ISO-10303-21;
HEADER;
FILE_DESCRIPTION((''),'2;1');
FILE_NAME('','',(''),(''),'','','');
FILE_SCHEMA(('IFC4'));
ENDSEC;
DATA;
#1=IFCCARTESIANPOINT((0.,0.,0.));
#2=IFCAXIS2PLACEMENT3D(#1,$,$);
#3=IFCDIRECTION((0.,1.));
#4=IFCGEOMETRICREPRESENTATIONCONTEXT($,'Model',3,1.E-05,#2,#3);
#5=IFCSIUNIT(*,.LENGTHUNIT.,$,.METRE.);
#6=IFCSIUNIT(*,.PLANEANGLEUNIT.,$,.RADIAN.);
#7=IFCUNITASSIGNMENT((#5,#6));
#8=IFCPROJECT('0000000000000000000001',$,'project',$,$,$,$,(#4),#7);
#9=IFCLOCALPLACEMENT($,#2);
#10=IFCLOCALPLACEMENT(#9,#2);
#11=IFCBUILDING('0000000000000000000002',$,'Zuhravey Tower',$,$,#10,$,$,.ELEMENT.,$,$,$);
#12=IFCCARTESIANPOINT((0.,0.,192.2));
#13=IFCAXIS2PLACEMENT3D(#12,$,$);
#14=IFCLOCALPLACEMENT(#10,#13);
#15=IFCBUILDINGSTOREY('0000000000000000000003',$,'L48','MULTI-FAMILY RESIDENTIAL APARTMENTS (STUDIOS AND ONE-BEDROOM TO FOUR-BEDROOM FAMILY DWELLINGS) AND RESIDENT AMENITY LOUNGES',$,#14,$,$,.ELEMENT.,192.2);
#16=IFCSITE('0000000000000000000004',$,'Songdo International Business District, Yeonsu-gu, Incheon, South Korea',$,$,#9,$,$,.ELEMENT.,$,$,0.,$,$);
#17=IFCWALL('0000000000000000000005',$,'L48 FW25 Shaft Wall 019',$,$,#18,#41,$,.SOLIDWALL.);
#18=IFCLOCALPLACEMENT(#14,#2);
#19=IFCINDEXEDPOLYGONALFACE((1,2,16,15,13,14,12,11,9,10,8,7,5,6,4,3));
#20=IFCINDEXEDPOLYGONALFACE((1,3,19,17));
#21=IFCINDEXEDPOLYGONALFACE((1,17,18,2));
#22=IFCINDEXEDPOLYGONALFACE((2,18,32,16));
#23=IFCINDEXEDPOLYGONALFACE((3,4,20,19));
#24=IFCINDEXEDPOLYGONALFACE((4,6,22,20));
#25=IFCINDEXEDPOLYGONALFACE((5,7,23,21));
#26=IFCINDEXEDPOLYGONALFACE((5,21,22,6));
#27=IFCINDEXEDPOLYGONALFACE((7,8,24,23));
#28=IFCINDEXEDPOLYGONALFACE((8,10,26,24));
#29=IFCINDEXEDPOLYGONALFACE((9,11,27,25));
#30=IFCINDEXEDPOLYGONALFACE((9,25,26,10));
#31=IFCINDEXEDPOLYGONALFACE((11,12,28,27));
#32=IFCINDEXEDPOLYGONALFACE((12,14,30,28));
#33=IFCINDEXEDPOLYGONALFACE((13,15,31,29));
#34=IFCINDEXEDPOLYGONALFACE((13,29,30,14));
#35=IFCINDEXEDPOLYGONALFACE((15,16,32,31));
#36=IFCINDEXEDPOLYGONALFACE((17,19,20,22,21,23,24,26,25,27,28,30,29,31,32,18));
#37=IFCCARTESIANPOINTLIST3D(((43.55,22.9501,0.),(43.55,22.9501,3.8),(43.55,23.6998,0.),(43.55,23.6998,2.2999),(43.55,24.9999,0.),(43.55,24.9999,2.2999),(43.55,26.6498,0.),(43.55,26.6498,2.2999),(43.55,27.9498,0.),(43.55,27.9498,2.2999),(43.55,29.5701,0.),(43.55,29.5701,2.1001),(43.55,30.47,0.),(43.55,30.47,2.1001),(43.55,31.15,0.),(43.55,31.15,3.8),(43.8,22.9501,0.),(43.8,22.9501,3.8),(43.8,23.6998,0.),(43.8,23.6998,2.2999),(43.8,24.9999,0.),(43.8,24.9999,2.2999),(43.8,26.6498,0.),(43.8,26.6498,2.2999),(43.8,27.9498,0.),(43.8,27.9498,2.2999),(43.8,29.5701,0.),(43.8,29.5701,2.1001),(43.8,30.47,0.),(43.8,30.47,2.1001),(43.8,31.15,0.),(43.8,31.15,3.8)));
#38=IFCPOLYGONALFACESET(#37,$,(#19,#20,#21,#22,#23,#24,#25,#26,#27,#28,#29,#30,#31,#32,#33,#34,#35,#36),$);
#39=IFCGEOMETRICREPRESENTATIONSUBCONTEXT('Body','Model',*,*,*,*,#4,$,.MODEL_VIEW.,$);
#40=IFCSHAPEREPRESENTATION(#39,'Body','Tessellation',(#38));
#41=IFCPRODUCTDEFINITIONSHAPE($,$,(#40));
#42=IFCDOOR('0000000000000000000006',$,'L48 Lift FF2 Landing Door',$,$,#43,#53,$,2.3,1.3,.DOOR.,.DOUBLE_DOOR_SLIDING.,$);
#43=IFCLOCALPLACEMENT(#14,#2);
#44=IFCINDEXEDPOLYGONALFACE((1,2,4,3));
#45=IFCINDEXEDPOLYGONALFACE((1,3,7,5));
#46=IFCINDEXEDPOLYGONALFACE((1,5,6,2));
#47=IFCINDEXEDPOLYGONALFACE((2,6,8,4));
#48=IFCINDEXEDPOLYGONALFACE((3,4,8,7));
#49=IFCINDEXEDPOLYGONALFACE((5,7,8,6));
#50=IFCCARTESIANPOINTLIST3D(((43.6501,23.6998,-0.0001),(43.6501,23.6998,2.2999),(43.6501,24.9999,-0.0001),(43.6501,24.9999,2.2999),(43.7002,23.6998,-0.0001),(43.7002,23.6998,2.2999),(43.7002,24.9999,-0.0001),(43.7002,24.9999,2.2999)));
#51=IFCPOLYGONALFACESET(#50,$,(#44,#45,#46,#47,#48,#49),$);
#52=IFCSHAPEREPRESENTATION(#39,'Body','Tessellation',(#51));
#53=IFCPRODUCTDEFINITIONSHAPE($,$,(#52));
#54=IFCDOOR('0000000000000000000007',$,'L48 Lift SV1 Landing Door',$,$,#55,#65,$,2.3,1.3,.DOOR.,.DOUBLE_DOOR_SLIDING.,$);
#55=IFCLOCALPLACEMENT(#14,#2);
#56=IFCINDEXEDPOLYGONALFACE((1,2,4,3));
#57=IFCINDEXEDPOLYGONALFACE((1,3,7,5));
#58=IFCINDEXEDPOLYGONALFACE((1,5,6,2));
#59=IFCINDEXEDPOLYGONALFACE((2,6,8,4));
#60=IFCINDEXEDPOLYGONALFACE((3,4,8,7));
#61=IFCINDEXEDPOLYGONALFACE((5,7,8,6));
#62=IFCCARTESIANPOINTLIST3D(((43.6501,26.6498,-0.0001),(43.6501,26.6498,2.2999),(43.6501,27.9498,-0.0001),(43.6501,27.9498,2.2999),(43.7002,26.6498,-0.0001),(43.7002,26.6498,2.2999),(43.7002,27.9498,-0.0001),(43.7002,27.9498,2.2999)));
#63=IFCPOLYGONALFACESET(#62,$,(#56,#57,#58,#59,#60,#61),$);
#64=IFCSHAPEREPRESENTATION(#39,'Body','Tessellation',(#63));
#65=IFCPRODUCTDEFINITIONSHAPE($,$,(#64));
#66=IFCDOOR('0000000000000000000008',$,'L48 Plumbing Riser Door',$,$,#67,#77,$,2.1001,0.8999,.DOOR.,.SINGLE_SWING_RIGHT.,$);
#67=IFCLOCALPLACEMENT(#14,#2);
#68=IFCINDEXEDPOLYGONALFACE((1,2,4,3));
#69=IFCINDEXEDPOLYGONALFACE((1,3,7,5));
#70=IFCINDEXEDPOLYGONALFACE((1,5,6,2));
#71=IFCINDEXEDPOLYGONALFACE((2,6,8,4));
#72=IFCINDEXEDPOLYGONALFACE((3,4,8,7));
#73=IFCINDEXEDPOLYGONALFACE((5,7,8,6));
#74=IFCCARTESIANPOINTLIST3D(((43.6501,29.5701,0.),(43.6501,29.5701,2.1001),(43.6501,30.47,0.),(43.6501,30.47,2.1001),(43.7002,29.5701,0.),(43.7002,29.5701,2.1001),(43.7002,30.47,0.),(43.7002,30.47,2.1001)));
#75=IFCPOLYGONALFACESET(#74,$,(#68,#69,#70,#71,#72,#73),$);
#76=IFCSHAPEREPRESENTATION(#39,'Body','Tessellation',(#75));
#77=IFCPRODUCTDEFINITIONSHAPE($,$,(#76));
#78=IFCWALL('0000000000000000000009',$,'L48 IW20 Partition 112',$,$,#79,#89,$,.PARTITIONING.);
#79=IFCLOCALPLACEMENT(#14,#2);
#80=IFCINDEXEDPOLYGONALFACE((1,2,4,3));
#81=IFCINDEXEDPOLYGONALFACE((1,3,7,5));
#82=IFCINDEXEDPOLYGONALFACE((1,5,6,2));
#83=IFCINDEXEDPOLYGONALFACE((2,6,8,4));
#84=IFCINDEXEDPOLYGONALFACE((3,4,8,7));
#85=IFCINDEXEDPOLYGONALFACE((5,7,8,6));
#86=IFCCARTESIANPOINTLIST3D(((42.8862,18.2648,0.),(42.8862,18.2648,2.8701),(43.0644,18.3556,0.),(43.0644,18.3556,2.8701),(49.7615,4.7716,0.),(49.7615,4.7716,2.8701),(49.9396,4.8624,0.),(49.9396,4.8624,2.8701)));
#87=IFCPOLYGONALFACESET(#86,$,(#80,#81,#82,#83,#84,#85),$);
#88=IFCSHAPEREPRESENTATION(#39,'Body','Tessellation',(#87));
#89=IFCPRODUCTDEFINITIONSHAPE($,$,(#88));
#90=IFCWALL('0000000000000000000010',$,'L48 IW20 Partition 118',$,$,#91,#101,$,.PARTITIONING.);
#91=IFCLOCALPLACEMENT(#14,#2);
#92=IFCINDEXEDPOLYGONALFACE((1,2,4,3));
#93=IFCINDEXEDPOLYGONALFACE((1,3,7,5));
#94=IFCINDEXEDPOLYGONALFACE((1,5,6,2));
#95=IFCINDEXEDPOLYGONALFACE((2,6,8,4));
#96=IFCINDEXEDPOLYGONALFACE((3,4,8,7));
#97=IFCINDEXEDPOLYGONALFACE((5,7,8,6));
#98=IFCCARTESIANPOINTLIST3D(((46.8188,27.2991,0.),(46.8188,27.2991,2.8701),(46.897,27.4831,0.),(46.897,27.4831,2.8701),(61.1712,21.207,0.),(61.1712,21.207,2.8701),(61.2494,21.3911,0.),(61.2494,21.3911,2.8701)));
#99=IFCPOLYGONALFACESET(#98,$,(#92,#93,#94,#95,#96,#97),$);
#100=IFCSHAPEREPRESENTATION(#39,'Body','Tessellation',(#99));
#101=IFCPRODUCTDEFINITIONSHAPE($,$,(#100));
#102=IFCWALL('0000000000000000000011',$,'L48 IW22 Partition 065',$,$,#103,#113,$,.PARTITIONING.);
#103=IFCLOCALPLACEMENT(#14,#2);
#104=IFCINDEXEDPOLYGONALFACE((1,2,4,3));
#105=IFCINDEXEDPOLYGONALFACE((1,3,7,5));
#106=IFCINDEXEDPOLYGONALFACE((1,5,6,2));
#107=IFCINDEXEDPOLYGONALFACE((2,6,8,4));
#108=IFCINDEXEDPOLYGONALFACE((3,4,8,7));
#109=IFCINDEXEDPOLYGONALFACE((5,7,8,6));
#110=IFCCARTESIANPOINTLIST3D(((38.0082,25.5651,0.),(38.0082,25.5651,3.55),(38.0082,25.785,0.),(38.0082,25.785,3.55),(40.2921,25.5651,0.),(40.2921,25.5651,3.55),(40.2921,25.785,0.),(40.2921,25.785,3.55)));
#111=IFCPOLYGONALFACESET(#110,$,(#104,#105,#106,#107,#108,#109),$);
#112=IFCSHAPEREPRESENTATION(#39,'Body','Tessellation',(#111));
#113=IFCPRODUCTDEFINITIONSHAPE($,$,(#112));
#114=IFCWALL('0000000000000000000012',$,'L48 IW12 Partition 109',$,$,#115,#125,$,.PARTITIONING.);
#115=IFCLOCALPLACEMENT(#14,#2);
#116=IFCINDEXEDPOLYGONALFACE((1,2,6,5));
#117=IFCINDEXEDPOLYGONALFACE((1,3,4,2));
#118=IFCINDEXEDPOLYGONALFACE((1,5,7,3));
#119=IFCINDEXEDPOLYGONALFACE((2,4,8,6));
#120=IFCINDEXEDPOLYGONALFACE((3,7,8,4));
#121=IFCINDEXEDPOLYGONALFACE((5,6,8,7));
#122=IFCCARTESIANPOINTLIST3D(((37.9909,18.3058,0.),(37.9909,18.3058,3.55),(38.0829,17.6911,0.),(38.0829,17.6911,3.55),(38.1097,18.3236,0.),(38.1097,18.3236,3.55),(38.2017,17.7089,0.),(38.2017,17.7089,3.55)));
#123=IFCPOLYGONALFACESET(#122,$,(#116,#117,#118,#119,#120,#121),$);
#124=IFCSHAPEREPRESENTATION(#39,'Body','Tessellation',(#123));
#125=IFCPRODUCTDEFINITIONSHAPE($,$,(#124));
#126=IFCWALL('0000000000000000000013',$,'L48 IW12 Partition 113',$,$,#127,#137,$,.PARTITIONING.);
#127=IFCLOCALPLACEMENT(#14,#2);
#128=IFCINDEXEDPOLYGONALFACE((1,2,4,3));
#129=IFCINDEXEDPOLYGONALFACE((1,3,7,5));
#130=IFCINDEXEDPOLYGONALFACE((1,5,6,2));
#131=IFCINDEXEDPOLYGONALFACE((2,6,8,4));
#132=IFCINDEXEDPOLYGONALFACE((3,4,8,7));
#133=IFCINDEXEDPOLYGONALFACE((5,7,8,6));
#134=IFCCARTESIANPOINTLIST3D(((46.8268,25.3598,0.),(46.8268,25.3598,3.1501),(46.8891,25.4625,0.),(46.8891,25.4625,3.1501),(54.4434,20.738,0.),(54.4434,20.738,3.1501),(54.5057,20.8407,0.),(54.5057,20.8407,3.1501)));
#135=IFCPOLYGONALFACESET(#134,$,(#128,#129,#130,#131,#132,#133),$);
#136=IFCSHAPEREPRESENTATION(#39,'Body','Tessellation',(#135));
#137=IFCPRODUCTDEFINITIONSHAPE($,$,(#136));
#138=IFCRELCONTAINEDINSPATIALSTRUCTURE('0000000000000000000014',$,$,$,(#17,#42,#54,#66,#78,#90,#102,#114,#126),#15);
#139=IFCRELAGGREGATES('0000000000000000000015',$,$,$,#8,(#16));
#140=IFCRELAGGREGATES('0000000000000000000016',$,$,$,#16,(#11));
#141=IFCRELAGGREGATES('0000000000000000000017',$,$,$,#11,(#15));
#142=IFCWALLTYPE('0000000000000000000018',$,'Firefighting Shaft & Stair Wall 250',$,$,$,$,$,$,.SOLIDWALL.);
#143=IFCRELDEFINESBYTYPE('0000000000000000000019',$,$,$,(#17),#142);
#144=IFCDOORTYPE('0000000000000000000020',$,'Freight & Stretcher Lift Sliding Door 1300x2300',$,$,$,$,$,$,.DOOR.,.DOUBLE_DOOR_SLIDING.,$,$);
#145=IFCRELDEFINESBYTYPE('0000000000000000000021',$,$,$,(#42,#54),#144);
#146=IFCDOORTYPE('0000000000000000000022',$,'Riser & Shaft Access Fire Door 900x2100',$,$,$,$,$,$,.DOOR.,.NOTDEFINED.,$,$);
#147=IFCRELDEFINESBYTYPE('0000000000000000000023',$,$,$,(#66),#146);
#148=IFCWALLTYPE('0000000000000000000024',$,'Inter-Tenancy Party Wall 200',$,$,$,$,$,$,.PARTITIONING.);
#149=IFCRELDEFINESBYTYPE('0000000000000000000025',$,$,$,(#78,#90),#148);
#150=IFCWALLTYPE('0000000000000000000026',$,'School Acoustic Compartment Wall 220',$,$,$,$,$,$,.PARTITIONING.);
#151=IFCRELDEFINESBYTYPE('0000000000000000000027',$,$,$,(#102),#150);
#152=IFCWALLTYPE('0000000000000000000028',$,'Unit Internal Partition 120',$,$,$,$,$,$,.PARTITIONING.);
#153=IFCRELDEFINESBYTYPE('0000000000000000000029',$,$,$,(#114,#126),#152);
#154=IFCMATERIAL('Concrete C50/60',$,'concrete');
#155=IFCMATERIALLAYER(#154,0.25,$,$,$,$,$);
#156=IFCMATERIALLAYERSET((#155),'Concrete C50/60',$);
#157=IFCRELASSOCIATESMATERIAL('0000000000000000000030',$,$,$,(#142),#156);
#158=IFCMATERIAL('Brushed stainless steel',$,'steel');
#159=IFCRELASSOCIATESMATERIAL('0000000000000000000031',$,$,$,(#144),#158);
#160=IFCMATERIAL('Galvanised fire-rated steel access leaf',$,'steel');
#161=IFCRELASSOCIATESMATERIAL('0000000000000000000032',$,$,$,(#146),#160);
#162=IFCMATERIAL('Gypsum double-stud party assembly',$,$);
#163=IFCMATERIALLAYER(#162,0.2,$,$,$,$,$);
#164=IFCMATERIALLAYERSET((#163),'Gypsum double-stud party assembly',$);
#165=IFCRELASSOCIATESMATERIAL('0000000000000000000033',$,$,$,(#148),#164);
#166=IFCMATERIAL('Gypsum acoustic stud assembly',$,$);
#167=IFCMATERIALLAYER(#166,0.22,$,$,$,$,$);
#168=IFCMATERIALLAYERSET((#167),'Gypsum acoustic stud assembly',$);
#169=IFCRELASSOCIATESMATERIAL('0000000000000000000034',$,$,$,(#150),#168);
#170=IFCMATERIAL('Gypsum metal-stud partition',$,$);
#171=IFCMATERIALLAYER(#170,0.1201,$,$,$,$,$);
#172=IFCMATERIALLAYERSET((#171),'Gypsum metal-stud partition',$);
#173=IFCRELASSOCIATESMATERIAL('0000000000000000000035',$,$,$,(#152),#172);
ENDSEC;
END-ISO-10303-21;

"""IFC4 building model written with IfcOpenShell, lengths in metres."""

from ifc_helpers import new_model, si_unit, direction, frame, frame_2d, origin, place, context, subcontext, project, spatial, rectangle, extrude, material, layer, layer_set, type_object, element, fill, save


model = new_model("IFC4")

# Units and contexts
model_context = context("Model", 3, precision=1e-05, world=origin(), true_north=direction((0.0, 1.0)))
body_context = subcontext(model_context, "Body", "Model", "MODEL_VIEW")
ifc_project = project(units=[si_unit("LENGTHUNIT", "METRE"), si_unit("PLANEANGLEUNIT", "RADIAN")], contexts=[model_context])

# Site, building, storey
site_placement = place(None, origin())
site = spatial("IfcSite", under=ifc_project, at=site_placement, Name="Songdo International Business District, Yeonsu-gu, Incheon, South Korea", CompositionType="ELEMENT", RefElevation=0.0)
building_placement = place(site_placement, origin())
building = spatial("IfcBuilding", under=site, at=building_placement, Name="Zuhravey Tower", CompositionType="ELEMENT")
storey_placement = place(building_placement, frame((0.0, 0.0, 192.2)))
storey = spatial("IfcBuildingStorey", under=building, at=storey_placement, Name="L48", Description="MULTI-FAMILY RESIDENTIAL APARTMENTS (STUDIOS AND ONE-BEDROOM TO FOUR-BEDROOM FAMILY DWELLINGS) AND RESIDENT AMENITY LOUNGES", CompositionType="ELEMENT", Elevation=192.2)

# Shared definitions
ifc_material_1 = material(Name="Concrete C50/60", Category="concrete")
ifc_layer_1 = layer(ifc_material_1, 0.25)
ifc_layer_set_1 = layer_set([ifc_layer_1], Name="Concrete C50/60")
wall_type_1 = type_object("IfcWallType", Name="Firefighting Shaft & Stair Wall 250", PredefinedType="SOLIDWALL", material=ifc_layer_set_1)
ifc_material_2 = material(Name="Brushed stainless steel", Category="steel")

# Wall, openings, doors
wall_1_placement = place(storey_placement, frame((43.675, 22.95, 0.0), z_axis=(0.0, 0.0, 1.0), x_axis=(0.0, 1.0, 0.0)))
wall_1 = element("IfcWall", 1, at=wall_1_placement, inside=storey, type_object=wall_type_1, Name="L48 FW25 Shaft Wall 019", PredefinedType="SOLIDWALL", context=body_context, shape_type="SweptSolid", body=[
    extrude(rectangle(XDim=8.2, YDim=0.25, at=frame_2d((4.1001, 0.0))), origin(), (0.0, 0.0, 1.0), 3.8),
])
opening_1_placement = place(wall_1_placement, frame((0.75, 0.0, 0.0)))
opening_1 = element("IfcOpeningElement", 2, at=opening_1_placement, cuts=wall_1, PredefinedType="OPENING", context=body_context, shape_type="SweptSolid", body=[
    extrude(rectangle(XDim=1.3, YDim=2.3, at=frame_2d((0.6499, 1.1499))), frame((0.0, 0.137, 0.0), z_axis=(0.0, -1.0, 0.0), x_axis=(1.0, 0.0, 0.0)), (0.0, 0.0, 1.0), 0.2739),
])
opening_2_placement = place(wall_1_placement, frame((3.7, 0.0, 0.0)))
opening_2 = element("IfcOpeningElement", 3, at=opening_2_placement, cuts=wall_1, PredefinedType="OPENING", context=body_context, shape_type="SweptSolid", body=[
    extrude(rectangle(XDim=1.3, YDim=2.3, at=frame_2d((0.6499, 1.1499))), frame((0.0, 0.137, 0.0), z_axis=(0.0, -1.0, 0.0), x_axis=(1.0, 0.0, 0.0)), (0.0, 0.0, 1.0), 0.2739),
])
opening_3_placement = place(wall_1_placement, frame((6.6201, 0.0, 0.0)))
opening_3 = element("IfcOpeningElement", 4, at=opening_3_placement, cuts=wall_1, PredefinedType="OPENING", context=body_context, shape_type="SweptSolid", body=[
    extrude(rectangle(XDim=0.8999, YDim=2.1001, at=frame_2d((0.45, 1.05))), frame((0.0, 0.137, 0.0), z_axis=(0.0, -1.0, 0.0), x_axis=(1.0, 0.0, 0.0)), (0.0, 0.0, 1.0), 0.2739),
])
door_type_1 = type_object("IfcDoorType", Name="Freight & Stretcher Lift Sliding Door 1300x2300", OperationType="DOUBLE_DOOR_SLIDING", PredefinedType="DOOR", material=ifc_material_2)
door_1_placement = place(opening_1_placement, origin())
door_1 = element("IfcDoor", 5, at=door_1_placement, inside=storey, type_object=door_type_1, Name="L48 Lift FF2 Landing Door", OperationType="DOUBLE_DOOR_SLIDING", OverallHeight=2.3, OverallWidth=1.3, PredefinedType="DOOR", context=body_context, shape_type="SweptSolid", body=[
    extrude(rectangle(XDim=1.3, YDim=2.3, at=frame_2d((0.6499, 1.1499))), frame((0.0, 0.0249, 0.0), z_axis=(0.0, -1.0, 0.0), x_axis=(1.0, 0.0, 0.0)), (0.0, 0.0, 1.0), 0.05),
])
fill(opening_1, door_1)
door_2_placement = place(opening_2_placement, origin())
door_2 = element("IfcDoor", 6, at=door_2_placement, inside=storey, type_object=door_type_1, Name="L48 Lift SV1 Landing Door", OperationType="DOUBLE_DOOR_SLIDING", OverallHeight=2.3, OverallWidth=1.3, PredefinedType="DOOR", context=body_context, shape_type="SweptSolid", body=[
    extrude(rectangle(XDim=1.3, YDim=2.3, at=frame_2d((0.6499, 1.1499))), frame((0.0, 0.0249, 0.0), z_axis=(0.0, -1.0, 0.0), x_axis=(1.0, 0.0, 0.0)), (0.0, 0.0, 1.0), 0.05),
])
fill(opening_2, door_2)
ifc_material_3 = material(Name="Galvanised fire-rated steel access leaf", Category="steel")
door_type_2 = type_object("IfcDoorType", Name="Riser & Shaft Access Fire Door 900x2100", OperationType="NOTDEFINED", PredefinedType="DOOR", material=ifc_material_3)
door_3_placement = place(opening_3_placement, origin())
door_3 = element("IfcDoor", 7, at=door_3_placement, inside=storey, type_object=door_type_2, Name="L48 Plumbing Riser Door", OperationType="SINGLE_SWING_RIGHT", OverallHeight=2.1001, OverallWidth=0.8999, PredefinedType="DOOR", context=body_context, shape_type="SweptSolid", body=[
    extrude(rectangle(XDim=0.8999, YDim=2.1001, at=frame_2d((0.45, 1.05))), frame((0.0, 0.0249, 0.0), z_axis=(0.0, -1.0, 0.0), x_axis=(1.0, 0.0, 0.0)), (0.0, 0.0, 1.0), 0.05),
])
fill(opening_3, door_3)

# Walls
ifc_material_4 = material(Name="Gypsum double-stud party assembly")
ifc_layer_2 = layer(ifc_material_4, 0.2)
ifc_layer_set_2 = layer_set([ifc_layer_2], Name="Gypsum double-stud party assembly")
wall_type_2 = type_object("IfcWallType", Name="Inter-Tenancy Party Wall 200", PredefinedType="PARTITIONING", material=ifc_layer_set_2)
wall_2_placement = place(storey_placement, frame((42.9753, 18.3101, 0.0), z_axis=(0.0, 0.0, 1.0), x_axis=(0.453998, -0.891003, 0.0)))
element("IfcWall", 8, at=wall_2_placement, inside=storey, type_object=wall_type_2, Name="L48 IW20 Partition 112", PredefinedType="PARTITIONING", context=body_context, shape_type="SweptSolid", body=[
    extrude(rectangle(XDim=15.1438, YDim=0.2, at=frame_2d((7.5718, 0.0))), origin(), (0.0, 0.0, 1.0), 2.8701),
])
wall_3_placement = place(storey_placement, frame((46.8579, 27.3911, 0.0), z_axis=(0.0, 0.0, 1.0), x_axis=(0.920508, -0.390723, 0.0)))
element("IfcWall", 9, at=wall_3_placement, inside=storey, type_object=wall_type_2, Name="L48 IW20 Partition 118", PredefinedType="PARTITIONING", context=body_context, shape_type="SweptSolid", body=[
    extrude(rectangle(XDim=15.5918, YDim=0.2, at=frame_2d((7.7959, 0.0))), origin(), (0.0, 0.0, 1.0), 2.8701),
])
ifc_material_5 = material(Name="Gypsum acoustic stud assembly")
ifc_layer_3 = layer(ifc_material_5, 0.22)
ifc_layer_set_3 = layer_set([ifc_layer_3], Name="Gypsum acoustic stud assembly")
wall_type_3 = type_object("IfcWallType", Name="School Acoustic Compartment Wall 220", PredefinedType="PARTITIONING", material=ifc_layer_set_3)
wall_4_placement = place(storey_placement, frame((38.0081, 25.675, 0.0), z_axis=(0.0, 0.0, 1.0), x_axis=(1.0, 0.0, 0.0)))
element("IfcWall", 10, at=wall_4_placement, inside=storey, type_object=wall_type_3, Name="L48 IW22 Partition 065", PredefinedType="PARTITIONING", context=body_context, shape_type="SweptSolid", body=[
    extrude(rectangle(XDim=2.2839, YDim=0.22, at=frame_2d((1.1421, 0.0))), origin(), (0.0, 0.0, 1.0), 3.55),
])
ifc_material_6 = material(Name="Gypsum metal-stud partition")
ifc_layer_4 = layer(ifc_material_6, 0.1201)
ifc_layer_set_4 = layer_set([ifc_layer_4], Name="Gypsum metal-stud partition")
wall_type_4 = type_object("IfcWallType", Name="Unit Internal Partition 120", PredefinedType="PARTITIONING", material=ifc_layer_set_4)
wall_5_placement = place(storey_placement, frame((38.0503, 18.3147, 0.0), z_axis=(0.0, 0.0, 1.0), x_axis=(0.148072, -0.988977, 0.0)))
element("IfcWall", 11, at=wall_5_placement, inside=storey, type_object=wall_type_4, Name="L48 IW12 Partition 109", PredefinedType="PARTITIONING", context=body_context, shape_type="SweptSolid", body=[
    extrude(rectangle(XDim=0.6216, YDim=0.1201, at=frame_2d((0.3108, 0.0))), origin(), (0.0, 0.0, 1.0), 3.55),
])
wall_6_placement = place(storey_placement, frame((46.8579, 25.4111, 0.0), z_axis=(0.0, 0.0, 1.0), x_axis=(0.854917, -0.518765, 0.0)))
element("IfcWall", 12, at=wall_6_placement, inside=storey, type_object=wall_type_4, Name="L48 IW12 Partition 113", PredefinedType="PARTITIONING", context=body_context, shape_type="SweptSolid", body=[
    extrude(rectangle(XDim=8.9092, YDim=0.1201, at=frame_2d((4.4546, 0.0))), origin(), (0.0, 0.0, 1.0), 3.1501),
])

save(model, "model.ifc")
